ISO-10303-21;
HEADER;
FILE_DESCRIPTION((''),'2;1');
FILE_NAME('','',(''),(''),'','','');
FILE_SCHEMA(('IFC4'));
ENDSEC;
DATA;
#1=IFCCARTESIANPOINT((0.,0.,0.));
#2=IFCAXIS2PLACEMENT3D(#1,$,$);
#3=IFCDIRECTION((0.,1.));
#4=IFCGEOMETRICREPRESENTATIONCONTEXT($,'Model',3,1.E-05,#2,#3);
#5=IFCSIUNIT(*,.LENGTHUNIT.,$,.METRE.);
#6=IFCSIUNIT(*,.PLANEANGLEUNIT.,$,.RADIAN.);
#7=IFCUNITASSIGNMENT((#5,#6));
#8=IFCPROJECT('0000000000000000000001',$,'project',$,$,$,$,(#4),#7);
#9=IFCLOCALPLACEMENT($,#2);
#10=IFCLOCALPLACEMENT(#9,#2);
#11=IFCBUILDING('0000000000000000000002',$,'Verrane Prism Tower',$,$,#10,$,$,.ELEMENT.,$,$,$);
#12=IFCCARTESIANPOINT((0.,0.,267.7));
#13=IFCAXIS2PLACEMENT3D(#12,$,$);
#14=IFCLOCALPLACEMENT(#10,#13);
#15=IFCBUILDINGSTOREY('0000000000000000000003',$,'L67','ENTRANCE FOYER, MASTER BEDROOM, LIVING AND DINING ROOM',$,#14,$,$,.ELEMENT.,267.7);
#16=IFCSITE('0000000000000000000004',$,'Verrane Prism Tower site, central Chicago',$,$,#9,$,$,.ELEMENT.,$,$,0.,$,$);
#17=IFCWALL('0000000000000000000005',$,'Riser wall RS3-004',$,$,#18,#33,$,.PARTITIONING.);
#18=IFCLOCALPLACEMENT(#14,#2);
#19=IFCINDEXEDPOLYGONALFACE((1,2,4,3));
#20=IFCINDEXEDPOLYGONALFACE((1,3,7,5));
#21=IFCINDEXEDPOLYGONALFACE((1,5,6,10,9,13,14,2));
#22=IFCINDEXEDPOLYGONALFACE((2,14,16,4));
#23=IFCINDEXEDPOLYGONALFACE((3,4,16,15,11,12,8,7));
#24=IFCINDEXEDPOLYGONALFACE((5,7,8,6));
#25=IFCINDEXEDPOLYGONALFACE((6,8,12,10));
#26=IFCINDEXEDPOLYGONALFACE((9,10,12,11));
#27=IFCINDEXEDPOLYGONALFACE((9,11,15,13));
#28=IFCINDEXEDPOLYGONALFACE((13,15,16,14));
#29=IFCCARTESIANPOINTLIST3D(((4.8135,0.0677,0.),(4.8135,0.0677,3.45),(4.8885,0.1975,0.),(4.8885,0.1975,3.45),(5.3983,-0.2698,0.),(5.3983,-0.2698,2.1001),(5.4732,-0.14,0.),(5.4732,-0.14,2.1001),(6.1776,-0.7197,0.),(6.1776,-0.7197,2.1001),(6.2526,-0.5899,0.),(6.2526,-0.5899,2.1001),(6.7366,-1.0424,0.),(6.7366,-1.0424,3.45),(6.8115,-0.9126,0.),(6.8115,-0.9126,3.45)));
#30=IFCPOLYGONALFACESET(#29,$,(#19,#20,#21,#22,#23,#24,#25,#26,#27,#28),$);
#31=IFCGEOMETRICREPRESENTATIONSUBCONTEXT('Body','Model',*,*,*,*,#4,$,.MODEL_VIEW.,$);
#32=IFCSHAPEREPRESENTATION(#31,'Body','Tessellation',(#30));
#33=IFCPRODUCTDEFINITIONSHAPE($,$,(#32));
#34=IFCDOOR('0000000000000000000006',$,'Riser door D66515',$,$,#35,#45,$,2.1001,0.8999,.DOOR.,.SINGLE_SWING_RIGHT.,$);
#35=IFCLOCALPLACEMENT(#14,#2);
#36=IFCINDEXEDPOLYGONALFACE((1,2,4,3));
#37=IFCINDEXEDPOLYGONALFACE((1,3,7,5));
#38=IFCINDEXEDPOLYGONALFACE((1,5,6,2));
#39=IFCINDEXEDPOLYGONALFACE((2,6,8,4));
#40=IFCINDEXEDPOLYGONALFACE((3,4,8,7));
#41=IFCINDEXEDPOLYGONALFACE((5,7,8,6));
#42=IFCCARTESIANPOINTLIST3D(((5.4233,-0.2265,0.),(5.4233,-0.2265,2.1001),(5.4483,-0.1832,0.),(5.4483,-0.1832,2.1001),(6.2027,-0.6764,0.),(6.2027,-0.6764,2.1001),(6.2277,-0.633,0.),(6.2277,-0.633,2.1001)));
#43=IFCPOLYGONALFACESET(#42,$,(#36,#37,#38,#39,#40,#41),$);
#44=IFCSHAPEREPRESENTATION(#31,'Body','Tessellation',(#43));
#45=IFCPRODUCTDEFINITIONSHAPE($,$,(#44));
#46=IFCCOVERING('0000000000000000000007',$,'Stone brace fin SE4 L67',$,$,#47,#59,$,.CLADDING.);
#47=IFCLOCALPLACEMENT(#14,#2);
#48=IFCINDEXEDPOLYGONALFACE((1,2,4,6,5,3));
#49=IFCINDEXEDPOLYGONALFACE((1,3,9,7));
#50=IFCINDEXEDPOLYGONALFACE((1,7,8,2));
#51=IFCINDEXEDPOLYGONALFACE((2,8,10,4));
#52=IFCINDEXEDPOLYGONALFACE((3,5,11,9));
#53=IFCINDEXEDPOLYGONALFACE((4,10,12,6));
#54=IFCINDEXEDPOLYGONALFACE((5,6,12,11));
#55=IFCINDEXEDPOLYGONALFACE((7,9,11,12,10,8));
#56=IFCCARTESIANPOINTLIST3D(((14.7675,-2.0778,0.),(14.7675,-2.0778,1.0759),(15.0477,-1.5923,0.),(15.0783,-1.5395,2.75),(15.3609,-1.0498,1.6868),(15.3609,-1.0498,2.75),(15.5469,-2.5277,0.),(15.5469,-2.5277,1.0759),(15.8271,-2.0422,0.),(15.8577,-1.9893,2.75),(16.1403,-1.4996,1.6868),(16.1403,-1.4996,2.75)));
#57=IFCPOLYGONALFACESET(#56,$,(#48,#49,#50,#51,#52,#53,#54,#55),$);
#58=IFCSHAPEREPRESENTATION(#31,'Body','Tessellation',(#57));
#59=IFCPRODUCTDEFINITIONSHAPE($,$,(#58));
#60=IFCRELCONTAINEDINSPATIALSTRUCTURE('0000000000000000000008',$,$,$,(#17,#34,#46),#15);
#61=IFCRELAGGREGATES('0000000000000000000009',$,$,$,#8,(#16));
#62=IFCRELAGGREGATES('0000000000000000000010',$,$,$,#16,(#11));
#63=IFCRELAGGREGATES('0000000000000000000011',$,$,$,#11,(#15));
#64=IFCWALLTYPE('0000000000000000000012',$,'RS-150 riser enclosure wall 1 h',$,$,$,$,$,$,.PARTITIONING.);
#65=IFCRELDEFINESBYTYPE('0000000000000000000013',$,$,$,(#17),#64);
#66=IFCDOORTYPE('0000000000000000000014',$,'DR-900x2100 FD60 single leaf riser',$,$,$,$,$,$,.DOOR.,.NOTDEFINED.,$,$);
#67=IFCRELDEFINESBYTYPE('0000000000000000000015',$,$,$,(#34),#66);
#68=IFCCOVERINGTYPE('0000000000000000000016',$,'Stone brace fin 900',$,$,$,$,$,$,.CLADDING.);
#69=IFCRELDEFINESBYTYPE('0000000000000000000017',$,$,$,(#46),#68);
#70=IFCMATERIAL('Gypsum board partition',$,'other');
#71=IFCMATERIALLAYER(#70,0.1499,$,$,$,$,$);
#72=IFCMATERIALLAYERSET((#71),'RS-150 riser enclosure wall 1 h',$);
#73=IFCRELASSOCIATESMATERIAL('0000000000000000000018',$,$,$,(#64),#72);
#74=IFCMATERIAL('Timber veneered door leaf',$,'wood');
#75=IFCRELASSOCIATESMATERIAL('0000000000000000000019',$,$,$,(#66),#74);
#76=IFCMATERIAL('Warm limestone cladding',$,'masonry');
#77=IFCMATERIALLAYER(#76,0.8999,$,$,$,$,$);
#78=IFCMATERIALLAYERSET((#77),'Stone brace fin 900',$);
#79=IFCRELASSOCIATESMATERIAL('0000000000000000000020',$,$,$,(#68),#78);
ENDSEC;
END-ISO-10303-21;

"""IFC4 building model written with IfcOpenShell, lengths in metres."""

from ifc_helpers import new_model, si_unit, direction, frame, frame_2d, origin, place, context, subcontext, project, spatial, polyline, rectangle, outline, extrude, material, layer, layer_set, type_object, element, fill, save


model = new_model("IFC4")

# Units and contexts
model_context = context("Model", 3, precision=1e-05, world=origin(), true_north=direction((0.0, 1.0)))
body_context = subcontext(model_context, "Body", "Model", "MODEL_VIEW")
ifc_project = project(units=[si_unit("LENGTHUNIT", "METRE"), si_unit("PLANEANGLEUNIT", "RADIAN")], contexts=[model_context])

# Site, building, storey
site_placement = place(None, origin())
site = spatial("IfcSite", under=ifc_project, at=site_placement, Name="Verrane Prism Tower site, central Chicago", CompositionType="ELEMENT", RefElevation=0.0)
building_placement = place(site_placement, origin())
building = spatial("IfcBuilding", under=site, at=building_placement, Name="Verrane Prism Tower", CompositionType="ELEMENT")
storey_placement = place(building_placement, frame((0.0, 0.0, 267.7)))
storey = spatial("IfcBuildingStorey", under=building, at=storey_placement, Name="L67", Description="ENTRANCE FOYER, MASTER BEDROOM, LIVING AND DINING ROOM", CompositionType="ELEMENT", Elevation=267.7)

# Wall, opening, door
ifc_material_1 = material(Name="Gypsum board partition", Category="other")
ifc_layer_1 = layer(ifc_material_1, 0.1499)
ifc_layer_set_1 = layer_set([ifc_layer_1], Name="RS-150 riser enclosure wall 1 h")
wall_type_1 = type_object("IfcWallType", Name="RS-150 riser enclosure wall 1 h", PredefinedType="PARTITIONING", material=ifc_layer_set_1)
wall_1_placement = place(storey_placement, frame((6.7742, -0.9775, 0.0), z_axis=(0.0, 0.0, 1.0), x_axis=(-0.866063, 0.499935, 0.0)))
wall_1 = element("IfcWall", 1, at=wall_1_placement, inside=storey, type_object=wall_type_1, Name="Riser wall RS3-004", PredefinedType="PARTITIONING", context=body_context, shape_type="SweptSolid", body=[
    extrude(rectangle(XDim=2.2205, YDim=0.1499, at=frame_2d((1.1104, 0.0))), origin(), (0.0, 0.0, 1.0), 3.45),
])
opening_1_placement = place(wall_1_placement, frame((0.6455, 0.0, 0.0)))
opening_1 = element("IfcOpeningElement", 2, at=opening_1_placement, cuts=wall_1, PredefinedType="OPENING", context=body_context, shape_type="SweptSolid", body=[
    extrude(rectangle(XDim=0.8999, YDim=2.1001, at=frame_2d((0.45, 1.05))), frame((0.0, 0.085, 0.0), z_axis=(0.0, -1.0, 0.0), x_axis=(1.0, 0.0, 0.0)), (0.0, 0.0, 1.0), 0.1699),
])
ifc_material_2 = material(Name="Timber veneered door leaf", Category="wood")
door_type_1 = type_object("IfcDoorType", Name="DR-900x2100 FD60 single leaf riser", OperationType="NOTDEFINED", PredefinedType="DOOR", material=ifc_material_2)
door_1_placement = place(opening_1_placement, origin())
door_1 = element("IfcDoor", 3, at=door_1_placement, inside=storey, type_object=door_type_1, Name="Riser door D66515", OperationType="SINGLE_SWING_RIGHT", OverallHeight=2.1001, OverallWidth=0.8999, PredefinedType="DOOR", context=body_context, shape_type="SweptSolid", body=[
    extrude(rectangle(XDim=0.8999, YDim=2.1001, at=frame_2d((0.45, 1.05))), frame((0.0, 0.0249, 0.0), z_axis=(0.0, -1.0, 0.0), x_axis=(1.0, 0.0, 0.0)), (0.0, 0.0, 1.0), 0.05),
])
fill(opening_1, door_1)

# Covering
ifc_material_3 = material(Name="Warm limestone cladding", Category="masonry")
ifc_layer_2 = layer(ifc_material_3, 0.8999)
ifc_layer_set_2 = layer_set([ifc_layer_2], Name="Stone brace fin 900")
covering_type = type_object("IfcCoveringType", Name="Stone brace fin 900", PredefinedType="CLADDING", material=ifc_layer_set_2)
covering_placement = place(storey_placement, frame((15.1572, -2.3027, 0.0), z_axis=(0.0, 0.0, 1.0), x_axis=(0.499901, 0.866083, 0.0)))
element("IfcCovering", 4, at=covering_placement, inside=storey, type_object=covering_type, Name="Stone brace fin SE4 L67", PredefinedType="CLADDING", context=body_context, shape_type="SweptSolid", body=[
    extrude(outline(polyline([(1.187, 2.75), (0.6216, 2.75), (0.0, 1.0759), (0.0, 0.0), (0.5605, 0.0), (1.187, 1.6868), (1.187, 2.75)])), frame((0.0, 0.45, 0.0), z_axis=(0.0, -1.0, 0.0), x_axis=(1.0, 0.0, 0.0)), (0.0, 0.0, 1.0), 0.8999),
])

save(model, "model.ifc")
